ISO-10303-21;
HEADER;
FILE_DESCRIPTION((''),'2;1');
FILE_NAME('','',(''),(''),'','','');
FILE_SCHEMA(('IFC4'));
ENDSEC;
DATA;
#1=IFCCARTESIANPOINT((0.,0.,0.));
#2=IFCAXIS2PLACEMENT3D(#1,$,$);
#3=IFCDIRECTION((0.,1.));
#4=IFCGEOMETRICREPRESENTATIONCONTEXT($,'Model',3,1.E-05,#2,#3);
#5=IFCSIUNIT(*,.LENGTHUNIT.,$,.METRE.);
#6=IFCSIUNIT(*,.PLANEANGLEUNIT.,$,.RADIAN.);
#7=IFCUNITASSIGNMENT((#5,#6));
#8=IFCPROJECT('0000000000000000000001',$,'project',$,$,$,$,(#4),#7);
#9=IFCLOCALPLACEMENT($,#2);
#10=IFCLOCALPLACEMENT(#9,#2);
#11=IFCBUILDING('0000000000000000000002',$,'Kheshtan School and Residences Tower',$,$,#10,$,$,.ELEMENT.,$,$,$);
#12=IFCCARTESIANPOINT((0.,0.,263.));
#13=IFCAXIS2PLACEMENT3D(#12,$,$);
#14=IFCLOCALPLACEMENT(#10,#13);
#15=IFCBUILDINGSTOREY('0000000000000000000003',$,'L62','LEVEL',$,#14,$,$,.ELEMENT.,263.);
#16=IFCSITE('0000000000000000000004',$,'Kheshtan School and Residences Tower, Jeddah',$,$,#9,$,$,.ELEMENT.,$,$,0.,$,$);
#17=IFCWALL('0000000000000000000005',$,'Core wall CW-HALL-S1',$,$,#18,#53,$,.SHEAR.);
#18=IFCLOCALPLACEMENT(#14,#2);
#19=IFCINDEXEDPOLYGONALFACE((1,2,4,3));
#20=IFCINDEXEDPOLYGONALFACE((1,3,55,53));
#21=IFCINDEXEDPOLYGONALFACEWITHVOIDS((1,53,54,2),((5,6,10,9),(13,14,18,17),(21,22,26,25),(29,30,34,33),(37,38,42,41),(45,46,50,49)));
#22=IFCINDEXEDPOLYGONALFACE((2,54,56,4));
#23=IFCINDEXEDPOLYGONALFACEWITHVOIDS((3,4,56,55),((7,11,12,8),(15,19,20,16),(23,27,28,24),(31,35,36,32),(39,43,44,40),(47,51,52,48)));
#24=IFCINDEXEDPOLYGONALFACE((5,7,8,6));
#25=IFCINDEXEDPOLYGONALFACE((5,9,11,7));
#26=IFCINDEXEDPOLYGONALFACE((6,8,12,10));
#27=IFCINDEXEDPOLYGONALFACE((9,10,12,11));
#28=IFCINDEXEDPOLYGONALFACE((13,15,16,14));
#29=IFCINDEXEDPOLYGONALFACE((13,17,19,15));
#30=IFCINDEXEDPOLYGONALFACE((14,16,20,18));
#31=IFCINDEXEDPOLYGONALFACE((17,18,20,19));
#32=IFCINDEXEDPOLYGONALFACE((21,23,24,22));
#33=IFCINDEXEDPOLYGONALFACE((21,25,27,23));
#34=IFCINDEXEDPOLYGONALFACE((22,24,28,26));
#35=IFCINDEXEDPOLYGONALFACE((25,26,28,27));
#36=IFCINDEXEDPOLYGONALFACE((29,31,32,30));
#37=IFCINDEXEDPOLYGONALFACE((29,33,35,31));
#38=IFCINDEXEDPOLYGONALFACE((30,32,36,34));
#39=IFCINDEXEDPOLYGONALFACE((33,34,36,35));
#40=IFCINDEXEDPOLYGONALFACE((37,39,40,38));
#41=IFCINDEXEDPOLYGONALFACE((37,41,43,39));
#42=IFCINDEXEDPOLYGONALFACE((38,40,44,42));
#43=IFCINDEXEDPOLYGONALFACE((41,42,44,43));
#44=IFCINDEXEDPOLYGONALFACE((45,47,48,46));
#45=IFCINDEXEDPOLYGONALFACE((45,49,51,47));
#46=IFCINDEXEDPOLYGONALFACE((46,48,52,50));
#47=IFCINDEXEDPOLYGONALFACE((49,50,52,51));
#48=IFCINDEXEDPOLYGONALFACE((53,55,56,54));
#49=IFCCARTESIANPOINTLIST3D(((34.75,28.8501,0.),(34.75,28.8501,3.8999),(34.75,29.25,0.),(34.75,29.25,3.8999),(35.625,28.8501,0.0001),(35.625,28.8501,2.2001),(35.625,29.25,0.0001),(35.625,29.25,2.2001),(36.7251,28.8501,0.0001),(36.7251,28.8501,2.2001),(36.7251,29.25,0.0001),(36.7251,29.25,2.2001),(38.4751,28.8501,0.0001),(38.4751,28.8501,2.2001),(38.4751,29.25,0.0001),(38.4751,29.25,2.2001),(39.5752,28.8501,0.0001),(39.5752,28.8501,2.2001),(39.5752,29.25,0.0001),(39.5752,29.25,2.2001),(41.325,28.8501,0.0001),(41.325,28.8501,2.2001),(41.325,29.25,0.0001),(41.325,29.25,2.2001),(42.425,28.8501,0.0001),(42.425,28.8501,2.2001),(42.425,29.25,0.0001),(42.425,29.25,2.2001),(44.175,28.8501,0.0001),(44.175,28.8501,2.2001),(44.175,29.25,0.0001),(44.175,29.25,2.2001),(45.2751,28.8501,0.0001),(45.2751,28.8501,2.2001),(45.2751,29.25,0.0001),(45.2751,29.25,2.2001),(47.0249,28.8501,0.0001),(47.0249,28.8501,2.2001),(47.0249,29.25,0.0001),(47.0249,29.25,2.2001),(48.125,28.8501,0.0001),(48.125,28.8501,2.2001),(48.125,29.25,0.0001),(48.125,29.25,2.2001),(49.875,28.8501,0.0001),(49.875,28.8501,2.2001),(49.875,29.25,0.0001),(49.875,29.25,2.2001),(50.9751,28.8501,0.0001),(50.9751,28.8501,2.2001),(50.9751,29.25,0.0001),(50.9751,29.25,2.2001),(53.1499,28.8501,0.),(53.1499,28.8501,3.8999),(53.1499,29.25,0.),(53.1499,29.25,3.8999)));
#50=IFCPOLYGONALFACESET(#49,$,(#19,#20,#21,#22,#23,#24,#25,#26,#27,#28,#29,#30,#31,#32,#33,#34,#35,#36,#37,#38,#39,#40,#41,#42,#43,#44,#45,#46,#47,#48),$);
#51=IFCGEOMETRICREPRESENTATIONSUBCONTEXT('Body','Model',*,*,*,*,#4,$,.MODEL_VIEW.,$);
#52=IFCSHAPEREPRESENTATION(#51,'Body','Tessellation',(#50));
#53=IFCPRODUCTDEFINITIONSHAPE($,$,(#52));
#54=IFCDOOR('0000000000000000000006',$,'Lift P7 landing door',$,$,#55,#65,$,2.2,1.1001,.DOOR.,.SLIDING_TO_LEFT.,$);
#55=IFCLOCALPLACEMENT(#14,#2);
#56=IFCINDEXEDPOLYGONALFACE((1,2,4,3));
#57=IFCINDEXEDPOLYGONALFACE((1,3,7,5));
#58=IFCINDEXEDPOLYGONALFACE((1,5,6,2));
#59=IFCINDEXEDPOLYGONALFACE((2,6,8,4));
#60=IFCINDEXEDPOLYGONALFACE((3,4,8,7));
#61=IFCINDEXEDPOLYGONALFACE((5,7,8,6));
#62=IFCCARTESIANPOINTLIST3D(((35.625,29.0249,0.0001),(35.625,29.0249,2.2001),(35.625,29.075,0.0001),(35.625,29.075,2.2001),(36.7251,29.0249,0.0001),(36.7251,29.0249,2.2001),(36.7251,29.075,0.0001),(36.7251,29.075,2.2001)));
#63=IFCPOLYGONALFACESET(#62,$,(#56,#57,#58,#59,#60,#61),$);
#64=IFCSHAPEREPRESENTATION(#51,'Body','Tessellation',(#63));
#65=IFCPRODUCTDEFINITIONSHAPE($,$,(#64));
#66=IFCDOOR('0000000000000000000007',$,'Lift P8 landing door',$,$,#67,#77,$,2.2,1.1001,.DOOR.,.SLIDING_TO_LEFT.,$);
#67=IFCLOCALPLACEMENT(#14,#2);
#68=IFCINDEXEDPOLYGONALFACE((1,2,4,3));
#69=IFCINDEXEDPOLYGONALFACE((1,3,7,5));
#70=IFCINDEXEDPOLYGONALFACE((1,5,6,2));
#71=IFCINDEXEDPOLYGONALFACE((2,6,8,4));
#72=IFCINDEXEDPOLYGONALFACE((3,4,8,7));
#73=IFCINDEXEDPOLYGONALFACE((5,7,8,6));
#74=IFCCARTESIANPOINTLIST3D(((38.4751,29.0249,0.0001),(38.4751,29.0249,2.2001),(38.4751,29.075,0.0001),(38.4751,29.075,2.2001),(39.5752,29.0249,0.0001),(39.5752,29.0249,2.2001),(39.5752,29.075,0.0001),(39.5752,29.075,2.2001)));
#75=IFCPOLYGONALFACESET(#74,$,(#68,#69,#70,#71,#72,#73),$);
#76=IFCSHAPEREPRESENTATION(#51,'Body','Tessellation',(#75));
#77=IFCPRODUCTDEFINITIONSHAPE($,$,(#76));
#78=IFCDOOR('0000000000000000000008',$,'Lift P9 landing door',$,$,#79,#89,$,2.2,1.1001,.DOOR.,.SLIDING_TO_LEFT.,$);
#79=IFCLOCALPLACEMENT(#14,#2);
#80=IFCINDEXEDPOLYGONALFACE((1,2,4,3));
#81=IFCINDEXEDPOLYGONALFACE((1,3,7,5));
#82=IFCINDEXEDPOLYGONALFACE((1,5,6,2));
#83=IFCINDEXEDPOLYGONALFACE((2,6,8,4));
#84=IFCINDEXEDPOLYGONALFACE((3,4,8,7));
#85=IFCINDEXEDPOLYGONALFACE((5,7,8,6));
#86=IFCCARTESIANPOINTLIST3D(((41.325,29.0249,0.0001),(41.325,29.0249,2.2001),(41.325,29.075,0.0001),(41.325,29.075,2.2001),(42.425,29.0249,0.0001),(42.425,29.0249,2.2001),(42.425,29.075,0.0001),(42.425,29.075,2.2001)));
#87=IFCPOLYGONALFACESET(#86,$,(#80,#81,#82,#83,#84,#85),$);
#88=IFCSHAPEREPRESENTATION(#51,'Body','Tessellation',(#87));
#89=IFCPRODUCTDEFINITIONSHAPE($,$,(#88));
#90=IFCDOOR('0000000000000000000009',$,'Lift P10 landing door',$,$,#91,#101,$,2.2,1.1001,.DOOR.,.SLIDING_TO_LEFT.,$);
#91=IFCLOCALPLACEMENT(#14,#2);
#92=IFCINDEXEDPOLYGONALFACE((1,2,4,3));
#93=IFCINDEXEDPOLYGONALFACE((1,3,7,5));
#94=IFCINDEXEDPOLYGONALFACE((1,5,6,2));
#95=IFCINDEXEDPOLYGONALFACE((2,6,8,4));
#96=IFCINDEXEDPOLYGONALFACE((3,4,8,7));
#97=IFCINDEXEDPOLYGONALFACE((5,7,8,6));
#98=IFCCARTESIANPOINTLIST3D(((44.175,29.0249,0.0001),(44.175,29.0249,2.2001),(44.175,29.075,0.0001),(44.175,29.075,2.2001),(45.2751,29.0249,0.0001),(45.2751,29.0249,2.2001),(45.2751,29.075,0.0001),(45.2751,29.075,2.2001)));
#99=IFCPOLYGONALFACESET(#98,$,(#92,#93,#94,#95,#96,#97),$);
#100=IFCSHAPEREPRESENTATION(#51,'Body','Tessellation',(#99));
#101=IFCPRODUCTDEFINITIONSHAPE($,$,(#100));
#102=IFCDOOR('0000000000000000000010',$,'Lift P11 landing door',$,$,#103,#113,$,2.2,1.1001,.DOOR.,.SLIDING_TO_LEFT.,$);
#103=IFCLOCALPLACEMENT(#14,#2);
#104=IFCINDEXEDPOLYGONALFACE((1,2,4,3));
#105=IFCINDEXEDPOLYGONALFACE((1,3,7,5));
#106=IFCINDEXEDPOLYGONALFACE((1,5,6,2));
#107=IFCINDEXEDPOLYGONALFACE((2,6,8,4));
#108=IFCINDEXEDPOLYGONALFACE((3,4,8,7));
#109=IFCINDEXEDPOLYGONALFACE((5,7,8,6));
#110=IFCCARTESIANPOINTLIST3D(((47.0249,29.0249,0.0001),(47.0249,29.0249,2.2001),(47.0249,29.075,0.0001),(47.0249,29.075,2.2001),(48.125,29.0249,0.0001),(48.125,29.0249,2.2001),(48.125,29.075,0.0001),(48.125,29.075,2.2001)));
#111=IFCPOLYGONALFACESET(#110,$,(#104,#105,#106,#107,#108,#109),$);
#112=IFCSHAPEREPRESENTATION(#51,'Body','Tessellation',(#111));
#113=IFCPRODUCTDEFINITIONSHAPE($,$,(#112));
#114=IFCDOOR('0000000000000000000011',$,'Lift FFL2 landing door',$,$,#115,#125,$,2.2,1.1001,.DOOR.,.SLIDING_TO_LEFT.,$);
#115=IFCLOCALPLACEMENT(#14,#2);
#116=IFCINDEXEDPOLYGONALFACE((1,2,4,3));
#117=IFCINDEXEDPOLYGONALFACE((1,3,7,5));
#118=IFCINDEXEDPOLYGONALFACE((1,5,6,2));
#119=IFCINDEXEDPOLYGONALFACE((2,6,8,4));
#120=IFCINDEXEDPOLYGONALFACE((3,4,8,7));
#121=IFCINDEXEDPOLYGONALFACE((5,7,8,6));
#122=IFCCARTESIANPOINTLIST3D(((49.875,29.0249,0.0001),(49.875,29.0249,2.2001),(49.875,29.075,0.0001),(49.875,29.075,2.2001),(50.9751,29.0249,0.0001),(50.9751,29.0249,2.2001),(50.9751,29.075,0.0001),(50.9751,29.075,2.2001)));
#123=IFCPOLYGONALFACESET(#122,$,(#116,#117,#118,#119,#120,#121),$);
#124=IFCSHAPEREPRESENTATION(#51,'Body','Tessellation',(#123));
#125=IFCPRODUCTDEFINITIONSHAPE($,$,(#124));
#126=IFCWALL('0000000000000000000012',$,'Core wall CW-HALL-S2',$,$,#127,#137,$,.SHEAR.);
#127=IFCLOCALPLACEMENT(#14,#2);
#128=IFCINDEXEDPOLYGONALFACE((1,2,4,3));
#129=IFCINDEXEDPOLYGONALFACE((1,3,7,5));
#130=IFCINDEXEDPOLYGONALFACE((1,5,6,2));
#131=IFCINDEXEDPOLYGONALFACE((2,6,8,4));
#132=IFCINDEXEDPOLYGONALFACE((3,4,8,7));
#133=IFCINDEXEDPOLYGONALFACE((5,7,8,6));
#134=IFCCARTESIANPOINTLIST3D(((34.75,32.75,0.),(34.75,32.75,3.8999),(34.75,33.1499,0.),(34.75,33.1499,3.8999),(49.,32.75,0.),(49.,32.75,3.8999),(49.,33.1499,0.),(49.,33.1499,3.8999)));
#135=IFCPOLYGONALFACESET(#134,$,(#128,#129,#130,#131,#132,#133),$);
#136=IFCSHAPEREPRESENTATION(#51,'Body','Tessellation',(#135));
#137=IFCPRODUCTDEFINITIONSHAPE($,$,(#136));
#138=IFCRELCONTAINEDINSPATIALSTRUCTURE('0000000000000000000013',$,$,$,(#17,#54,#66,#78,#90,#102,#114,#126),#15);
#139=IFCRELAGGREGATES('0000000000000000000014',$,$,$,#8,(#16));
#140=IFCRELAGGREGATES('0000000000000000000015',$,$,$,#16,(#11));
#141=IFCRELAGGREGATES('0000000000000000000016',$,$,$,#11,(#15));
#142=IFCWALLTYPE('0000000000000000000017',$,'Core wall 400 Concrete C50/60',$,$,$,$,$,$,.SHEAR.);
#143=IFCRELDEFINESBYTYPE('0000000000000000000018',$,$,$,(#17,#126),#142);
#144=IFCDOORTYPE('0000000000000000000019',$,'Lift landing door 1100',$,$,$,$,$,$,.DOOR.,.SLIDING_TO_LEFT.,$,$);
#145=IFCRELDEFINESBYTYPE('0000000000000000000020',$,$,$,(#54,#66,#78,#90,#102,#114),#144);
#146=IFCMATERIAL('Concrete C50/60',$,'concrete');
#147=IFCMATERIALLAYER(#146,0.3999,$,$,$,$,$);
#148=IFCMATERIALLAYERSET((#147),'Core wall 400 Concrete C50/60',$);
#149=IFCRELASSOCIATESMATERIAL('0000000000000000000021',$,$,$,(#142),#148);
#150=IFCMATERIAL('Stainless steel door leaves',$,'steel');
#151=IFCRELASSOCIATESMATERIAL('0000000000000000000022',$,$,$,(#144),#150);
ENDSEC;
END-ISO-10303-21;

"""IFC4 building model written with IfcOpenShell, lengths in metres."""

from ifc_helpers import new_model, si_unit, direction, frame, frame_2d, origin, place, context, subcontext, project, spatial, rectangle, extrude, source, transform, mapped, material, layer, layer_set, type_object, element, fill, save


model = new_model("IFC4")

# Units and contexts
model_context = context("Model", 3, precision=1e-05, world=origin(), true_north=direction((0.0, 1.0)))
body_context = subcontext(model_context, "Body", "Model", "MODEL_VIEW")
ifc_project = project(units=[si_unit("LENGTHUNIT", "METRE"), si_unit("PLANEANGLEUNIT", "RADIAN")], contexts=[model_context])

# Site, building, storey
site_placement = place(None, origin())
site = spatial("IfcSite", under=ifc_project, at=site_placement, Name="Kheshtan School and Residences Tower, Jeddah", CompositionType="ELEMENT", RefElevation=0.0)
building_placement = place(site_placement, origin())
building = spatial("IfcBuilding", under=site, at=building_placement, Name="Kheshtan School and Residences Tower", CompositionType="ELEMENT")
storey_placement = place(building_placement, frame((0.0, 0.0, 263.0)))
storey = spatial("IfcBuildingStorey", under=building, at=storey_placement, Name="L62", Description="LEVEL", CompositionType="ELEMENT", Elevation=263.0)

# Wall, openings, doors
ifc_material_1 = material(Name="Concrete C50/60", Category="concrete")
ifc_layer_1 = layer(ifc_material_1, 0.3999)
ifc_layer_set_1 = layer_set([ifc_layer_1], Name="Core wall 400 Concrete C50/60")
wall_type_1 = type_object("IfcWallType", Name="Core wall 400 Concrete C50/60", PredefinedType="SHEAR", material=ifc_layer_set_1)
wall_1_placement = place(storey_placement, frame((34.75, 29.05, 0.0), z_axis=(0.0, 0.0, 1.0), x_axis=(1.0, 0.0, 0.0)))
wall_1 = element("IfcWall", 1, at=wall_1_placement, inside=storey, type_object=wall_type_1, Name="Core wall CW-HALL-S1", PredefinedType="SHEAR", context=body_context, shape_type="SweptSolid", body=[
    extrude(rectangle(XDim=18.3999, YDim=0.3999, at=frame_2d((9.2, 0.0))), origin(), (0.0, 0.0, 1.0), 3.8999),
])
opening_1_placement = place(wall_1_placement, frame((0.875, 0.0, 0.0)))
opening_1 = element("IfcOpeningElement", 2, at=opening_1_placement, cuts=wall_1, PredefinedType="OPENING", context=body_context, shape_type="SweptSolid", body=[
    extrude(rectangle(XDim=1.1001, YDim=2.2, at=frame_2d((0.55, 1.1001))), frame((0.0, 0.21, 0.0), z_axis=(0.0, -1.0, 0.0), x_axis=(1.0, 0.0, 0.0)), (0.0, 0.0, 1.0), 0.4199),
])
opening_2_placement = place(wall_1_placement, frame((3.7251, 0.0, 0.0)))
opening_2 = element("IfcOpeningElement", 3, at=opening_2_placement, cuts=wall_1, PredefinedType="OPENING", context=body_context, shape_type="SweptSolid", body=[
    extrude(rectangle(XDim=1.1001, YDim=2.2, at=frame_2d((0.55, 1.1001))), frame((0.0, 0.21, 0.0), z_axis=(0.0, -1.0, 0.0), x_axis=(1.0, 0.0, 0.0)), (0.0, 0.0, 1.0), 0.4199),
])
opening_3_placement = place(wall_1_placement, frame((6.575, 0.0, 0.0)))
opening_3 = element("IfcOpeningElement", 4, at=opening_3_placement, cuts=wall_1, PredefinedType="OPENING", context=body_context, shape_type="SweptSolid", body=[
    extrude(rectangle(XDim=1.1001, YDim=2.2, at=frame_2d((0.55, 1.1001))), frame((0.0, 0.21, 0.0), z_axis=(0.0, -1.0, 0.0), x_axis=(1.0, 0.0, 0.0)), (0.0, 0.0, 1.0), 0.4199),
])
opening_4_placement = place(wall_1_placement, frame((9.425, 0.0, 0.0)))
opening_4 = element("IfcOpeningElement", 5, at=opening_4_placement, cuts=wall_1, PredefinedType="OPENING", context=body_context, shape_type="SweptSolid", body=[
    extrude(rectangle(XDim=1.1001, YDim=2.2, at=frame_2d((0.55, 1.1001))), frame((0.0, 0.21, 0.0), z_axis=(0.0, -1.0, 0.0), x_axis=(1.0, 0.0, 0.0)), (0.0, 0.0, 1.0), 0.4199),
])
opening_5_placement = place(wall_1_placement, frame((12.2749, 0.0, 0.0)))
opening_5 = element("IfcOpeningElement", 6, at=opening_5_placement, cuts=wall_1, PredefinedType="OPENING", context=body_context, shape_type="SweptSolid", body=[
    extrude(rectangle(XDim=1.1001, YDim=2.2, at=frame_2d((0.55, 1.1001))), frame((0.0, 0.21, 0.0), z_axis=(0.0, -1.0, 0.0), x_axis=(1.0, 0.0, 0.0)), (0.0, 0.0, 1.0), 0.4199),
])
opening_6_placement = place(wall_1_placement, frame((15.125, 0.0, 0.0)))
opening_6 = element("IfcOpeningElement", 7, at=opening_6_placement, cuts=wall_1, PredefinedType="OPENING", context=body_context, shape_type="SweptSolid", body=[
    extrude(rectangle(XDim=1.1001, YDim=2.2, at=frame_2d((0.55, 1.1001))), frame((0.0, 0.21, 0.0), z_axis=(0.0, -1.0, 0.0), x_axis=(1.0, 0.0, 0.0)), (0.0, 0.0, 1.0), 0.4199),
])
ifc_material_2 = material(Name="Stainless steel door leaves", Category="steel")
door_type_1 = type_object("IfcDoorType", Name="Lift landing door 1100", OperationType="SLIDING_TO_LEFT", PredefinedType="DOOR", material=ifc_material_2)
shared_shape_1 = source(origin(), body_context, "Body", "SweptSolid", [
    extrude(rectangle(XDim=1.1001, YDim=2.2, at=frame_2d((0.55, 1.1001))), frame((0.0, 0.0249, 0.0), z_axis=(0.0, -1.0, 0.0), x_axis=(1.0, 0.0, 0.0)), (0.0, 0.0, 1.0), 0.05),
])
door_1_placement = place(opening_1_placement, origin())
door_1 = element("IfcDoor", 8, at=door_1_placement, inside=storey, type_object=door_type_1, Name="Lift P7 landing door", OperationType="SLIDING_TO_LEFT", OverallHeight=2.2, OverallWidth=1.1001, PredefinedType="DOOR", context=body_context, shape_type="MappedRepresentation", body=[
    mapped(shared_shape_1, transform((0.0, 0.0, 0.0), x_axis=(1.0, 0.0, 0.0), y_axis=(0.0, 1.0, 0.0), z_axis=(0.0, 0.0, 1.0), scale=1.0)),
])
fill(opening_1, door_1)
door_2_placement = place(opening_2_placement, origin())
door_2 = element("IfcDoor", 9, at=door_2_placement, inside=storey, type_object=door_type_1, Name="Lift P8 landing door", OperationType="SLIDING_TO_LEFT", OverallHeight=2.2, OverallWidth=1.1001, PredefinedType="DOOR", context=body_context, shape_type="MappedRepresentation", body=[
    mapped(shared_shape_1, transform((0.0, 0.0, 0.0), x_axis=(1.0, 0.0, 0.0), y_axis=(0.0, 1.0, 0.0), z_axis=(0.0, 0.0, 1.0), scale=1.0)),
])
fill(opening_2, door_2)
door_3_placement = place(opening_3_placement, origin())
door_3 = element("IfcDoor", 10, at=door_3_placement, inside=storey, type_object=door_type_1, Name="Lift P9 landing door", OperationType="SLIDING_TO_LEFT", OverallHeight=2.2, OverallWidth=1.1001, PredefinedType="DOOR", context=body_context, shape_type="MappedRepresentation", body=[
    mapped(shared_shape_1, transform((0.0, 0.0, 0.0), x_axis=(1.0, 0.0, 0.0), y_axis=(0.0, 1.0, 0.0), z_axis=(0.0, 0.0, 1.0), scale=1.0)),
])
fill(opening_3, door_3)
door_4_placement = place(opening_4_placement, origin())
door_4 = element("IfcDoor", 11, at=door_4_placement, inside=storey, type_object=door_type_1, Name="Lift P10 landing door", OperationType="SLIDING_TO_LEFT", OverallHeight=2.2, OverallWidth=1.1001, PredefinedType="DOOR", context=body_context, shape_type="MappedRepresentation", body=[
    mapped(shared_shape_1, transform((0.0, 0.0, 0.0), x_axis=(1.0, 0.0, 0.0), y_axis=(0.0, 1.0, 0.0), z_axis=(0.0, 0.0, 1.0), scale=1.0)),
])
fill(opening_4, door_4)
door_5_placement = place(opening_5_placement, origin())
door_5 = element("IfcDoor", 12, at=door_5_placement, inside=storey, type_object=door_type_1, Name="Lift P11 landing door", OperationType="SLIDING_TO_LEFT", OverallHeight=2.2, OverallWidth=1.1001, PredefinedType="DOOR", context=body_context, shape_type="MappedRepresentation", body=[
    mapped(shared_shape_1, transform((0.0, 0.0, 0.0), x_axis=(1.0, 0.0, 0.0), y_axis=(0.0, 1.0, 0.0), z_axis=(0.0, 0.0, 1.0), scale=1.0)),
])
fill(opening_5, door_5)
door_6_placement = place(opening_6_placement, origin())
door_6 = element("IfcDoor", 13, at=door_6_placement, inside=storey, type_object=door_type_1, Name="Lift FFL2 landing door", OperationType="SLIDING_TO_LEFT", OverallHeight=2.2, OverallWidth=1.1001, PredefinedType="DOOR", context=body_context, shape_type="MappedRepresentation", body=[
    mapped(shared_shape_1, transform((0.0, 0.0, 0.0), x_axis=(1.0, 0.0, 0.0), y_axis=(0.0, 1.0, 0.0), z_axis=(0.0, 0.0, 1.0), scale=1.0)),
])
fill(opening_6, door_6)

# Wall
wall_2_placement = place(storey_placement, frame((34.75, 32.95, 0.0), z_axis=(0.0, 0.0, 1.0), x_axis=(1.0, 0.0, 0.0)))
element("IfcWall", 14, at=wall_2_placement, inside=storey, type_object=wall_type_1, Name="Core wall CW-HALL-S2", PredefinedType="SHEAR", context=body_context, shape_type="SweptSolid", body=[
    extrude(rectangle(XDim=14.25, YDim=0.3999, at=frame_2d((7.125, 0.0))), origin(), (0.0, 0.0, 1.0), 3.8999),
])

save(model, "model.ifc")
